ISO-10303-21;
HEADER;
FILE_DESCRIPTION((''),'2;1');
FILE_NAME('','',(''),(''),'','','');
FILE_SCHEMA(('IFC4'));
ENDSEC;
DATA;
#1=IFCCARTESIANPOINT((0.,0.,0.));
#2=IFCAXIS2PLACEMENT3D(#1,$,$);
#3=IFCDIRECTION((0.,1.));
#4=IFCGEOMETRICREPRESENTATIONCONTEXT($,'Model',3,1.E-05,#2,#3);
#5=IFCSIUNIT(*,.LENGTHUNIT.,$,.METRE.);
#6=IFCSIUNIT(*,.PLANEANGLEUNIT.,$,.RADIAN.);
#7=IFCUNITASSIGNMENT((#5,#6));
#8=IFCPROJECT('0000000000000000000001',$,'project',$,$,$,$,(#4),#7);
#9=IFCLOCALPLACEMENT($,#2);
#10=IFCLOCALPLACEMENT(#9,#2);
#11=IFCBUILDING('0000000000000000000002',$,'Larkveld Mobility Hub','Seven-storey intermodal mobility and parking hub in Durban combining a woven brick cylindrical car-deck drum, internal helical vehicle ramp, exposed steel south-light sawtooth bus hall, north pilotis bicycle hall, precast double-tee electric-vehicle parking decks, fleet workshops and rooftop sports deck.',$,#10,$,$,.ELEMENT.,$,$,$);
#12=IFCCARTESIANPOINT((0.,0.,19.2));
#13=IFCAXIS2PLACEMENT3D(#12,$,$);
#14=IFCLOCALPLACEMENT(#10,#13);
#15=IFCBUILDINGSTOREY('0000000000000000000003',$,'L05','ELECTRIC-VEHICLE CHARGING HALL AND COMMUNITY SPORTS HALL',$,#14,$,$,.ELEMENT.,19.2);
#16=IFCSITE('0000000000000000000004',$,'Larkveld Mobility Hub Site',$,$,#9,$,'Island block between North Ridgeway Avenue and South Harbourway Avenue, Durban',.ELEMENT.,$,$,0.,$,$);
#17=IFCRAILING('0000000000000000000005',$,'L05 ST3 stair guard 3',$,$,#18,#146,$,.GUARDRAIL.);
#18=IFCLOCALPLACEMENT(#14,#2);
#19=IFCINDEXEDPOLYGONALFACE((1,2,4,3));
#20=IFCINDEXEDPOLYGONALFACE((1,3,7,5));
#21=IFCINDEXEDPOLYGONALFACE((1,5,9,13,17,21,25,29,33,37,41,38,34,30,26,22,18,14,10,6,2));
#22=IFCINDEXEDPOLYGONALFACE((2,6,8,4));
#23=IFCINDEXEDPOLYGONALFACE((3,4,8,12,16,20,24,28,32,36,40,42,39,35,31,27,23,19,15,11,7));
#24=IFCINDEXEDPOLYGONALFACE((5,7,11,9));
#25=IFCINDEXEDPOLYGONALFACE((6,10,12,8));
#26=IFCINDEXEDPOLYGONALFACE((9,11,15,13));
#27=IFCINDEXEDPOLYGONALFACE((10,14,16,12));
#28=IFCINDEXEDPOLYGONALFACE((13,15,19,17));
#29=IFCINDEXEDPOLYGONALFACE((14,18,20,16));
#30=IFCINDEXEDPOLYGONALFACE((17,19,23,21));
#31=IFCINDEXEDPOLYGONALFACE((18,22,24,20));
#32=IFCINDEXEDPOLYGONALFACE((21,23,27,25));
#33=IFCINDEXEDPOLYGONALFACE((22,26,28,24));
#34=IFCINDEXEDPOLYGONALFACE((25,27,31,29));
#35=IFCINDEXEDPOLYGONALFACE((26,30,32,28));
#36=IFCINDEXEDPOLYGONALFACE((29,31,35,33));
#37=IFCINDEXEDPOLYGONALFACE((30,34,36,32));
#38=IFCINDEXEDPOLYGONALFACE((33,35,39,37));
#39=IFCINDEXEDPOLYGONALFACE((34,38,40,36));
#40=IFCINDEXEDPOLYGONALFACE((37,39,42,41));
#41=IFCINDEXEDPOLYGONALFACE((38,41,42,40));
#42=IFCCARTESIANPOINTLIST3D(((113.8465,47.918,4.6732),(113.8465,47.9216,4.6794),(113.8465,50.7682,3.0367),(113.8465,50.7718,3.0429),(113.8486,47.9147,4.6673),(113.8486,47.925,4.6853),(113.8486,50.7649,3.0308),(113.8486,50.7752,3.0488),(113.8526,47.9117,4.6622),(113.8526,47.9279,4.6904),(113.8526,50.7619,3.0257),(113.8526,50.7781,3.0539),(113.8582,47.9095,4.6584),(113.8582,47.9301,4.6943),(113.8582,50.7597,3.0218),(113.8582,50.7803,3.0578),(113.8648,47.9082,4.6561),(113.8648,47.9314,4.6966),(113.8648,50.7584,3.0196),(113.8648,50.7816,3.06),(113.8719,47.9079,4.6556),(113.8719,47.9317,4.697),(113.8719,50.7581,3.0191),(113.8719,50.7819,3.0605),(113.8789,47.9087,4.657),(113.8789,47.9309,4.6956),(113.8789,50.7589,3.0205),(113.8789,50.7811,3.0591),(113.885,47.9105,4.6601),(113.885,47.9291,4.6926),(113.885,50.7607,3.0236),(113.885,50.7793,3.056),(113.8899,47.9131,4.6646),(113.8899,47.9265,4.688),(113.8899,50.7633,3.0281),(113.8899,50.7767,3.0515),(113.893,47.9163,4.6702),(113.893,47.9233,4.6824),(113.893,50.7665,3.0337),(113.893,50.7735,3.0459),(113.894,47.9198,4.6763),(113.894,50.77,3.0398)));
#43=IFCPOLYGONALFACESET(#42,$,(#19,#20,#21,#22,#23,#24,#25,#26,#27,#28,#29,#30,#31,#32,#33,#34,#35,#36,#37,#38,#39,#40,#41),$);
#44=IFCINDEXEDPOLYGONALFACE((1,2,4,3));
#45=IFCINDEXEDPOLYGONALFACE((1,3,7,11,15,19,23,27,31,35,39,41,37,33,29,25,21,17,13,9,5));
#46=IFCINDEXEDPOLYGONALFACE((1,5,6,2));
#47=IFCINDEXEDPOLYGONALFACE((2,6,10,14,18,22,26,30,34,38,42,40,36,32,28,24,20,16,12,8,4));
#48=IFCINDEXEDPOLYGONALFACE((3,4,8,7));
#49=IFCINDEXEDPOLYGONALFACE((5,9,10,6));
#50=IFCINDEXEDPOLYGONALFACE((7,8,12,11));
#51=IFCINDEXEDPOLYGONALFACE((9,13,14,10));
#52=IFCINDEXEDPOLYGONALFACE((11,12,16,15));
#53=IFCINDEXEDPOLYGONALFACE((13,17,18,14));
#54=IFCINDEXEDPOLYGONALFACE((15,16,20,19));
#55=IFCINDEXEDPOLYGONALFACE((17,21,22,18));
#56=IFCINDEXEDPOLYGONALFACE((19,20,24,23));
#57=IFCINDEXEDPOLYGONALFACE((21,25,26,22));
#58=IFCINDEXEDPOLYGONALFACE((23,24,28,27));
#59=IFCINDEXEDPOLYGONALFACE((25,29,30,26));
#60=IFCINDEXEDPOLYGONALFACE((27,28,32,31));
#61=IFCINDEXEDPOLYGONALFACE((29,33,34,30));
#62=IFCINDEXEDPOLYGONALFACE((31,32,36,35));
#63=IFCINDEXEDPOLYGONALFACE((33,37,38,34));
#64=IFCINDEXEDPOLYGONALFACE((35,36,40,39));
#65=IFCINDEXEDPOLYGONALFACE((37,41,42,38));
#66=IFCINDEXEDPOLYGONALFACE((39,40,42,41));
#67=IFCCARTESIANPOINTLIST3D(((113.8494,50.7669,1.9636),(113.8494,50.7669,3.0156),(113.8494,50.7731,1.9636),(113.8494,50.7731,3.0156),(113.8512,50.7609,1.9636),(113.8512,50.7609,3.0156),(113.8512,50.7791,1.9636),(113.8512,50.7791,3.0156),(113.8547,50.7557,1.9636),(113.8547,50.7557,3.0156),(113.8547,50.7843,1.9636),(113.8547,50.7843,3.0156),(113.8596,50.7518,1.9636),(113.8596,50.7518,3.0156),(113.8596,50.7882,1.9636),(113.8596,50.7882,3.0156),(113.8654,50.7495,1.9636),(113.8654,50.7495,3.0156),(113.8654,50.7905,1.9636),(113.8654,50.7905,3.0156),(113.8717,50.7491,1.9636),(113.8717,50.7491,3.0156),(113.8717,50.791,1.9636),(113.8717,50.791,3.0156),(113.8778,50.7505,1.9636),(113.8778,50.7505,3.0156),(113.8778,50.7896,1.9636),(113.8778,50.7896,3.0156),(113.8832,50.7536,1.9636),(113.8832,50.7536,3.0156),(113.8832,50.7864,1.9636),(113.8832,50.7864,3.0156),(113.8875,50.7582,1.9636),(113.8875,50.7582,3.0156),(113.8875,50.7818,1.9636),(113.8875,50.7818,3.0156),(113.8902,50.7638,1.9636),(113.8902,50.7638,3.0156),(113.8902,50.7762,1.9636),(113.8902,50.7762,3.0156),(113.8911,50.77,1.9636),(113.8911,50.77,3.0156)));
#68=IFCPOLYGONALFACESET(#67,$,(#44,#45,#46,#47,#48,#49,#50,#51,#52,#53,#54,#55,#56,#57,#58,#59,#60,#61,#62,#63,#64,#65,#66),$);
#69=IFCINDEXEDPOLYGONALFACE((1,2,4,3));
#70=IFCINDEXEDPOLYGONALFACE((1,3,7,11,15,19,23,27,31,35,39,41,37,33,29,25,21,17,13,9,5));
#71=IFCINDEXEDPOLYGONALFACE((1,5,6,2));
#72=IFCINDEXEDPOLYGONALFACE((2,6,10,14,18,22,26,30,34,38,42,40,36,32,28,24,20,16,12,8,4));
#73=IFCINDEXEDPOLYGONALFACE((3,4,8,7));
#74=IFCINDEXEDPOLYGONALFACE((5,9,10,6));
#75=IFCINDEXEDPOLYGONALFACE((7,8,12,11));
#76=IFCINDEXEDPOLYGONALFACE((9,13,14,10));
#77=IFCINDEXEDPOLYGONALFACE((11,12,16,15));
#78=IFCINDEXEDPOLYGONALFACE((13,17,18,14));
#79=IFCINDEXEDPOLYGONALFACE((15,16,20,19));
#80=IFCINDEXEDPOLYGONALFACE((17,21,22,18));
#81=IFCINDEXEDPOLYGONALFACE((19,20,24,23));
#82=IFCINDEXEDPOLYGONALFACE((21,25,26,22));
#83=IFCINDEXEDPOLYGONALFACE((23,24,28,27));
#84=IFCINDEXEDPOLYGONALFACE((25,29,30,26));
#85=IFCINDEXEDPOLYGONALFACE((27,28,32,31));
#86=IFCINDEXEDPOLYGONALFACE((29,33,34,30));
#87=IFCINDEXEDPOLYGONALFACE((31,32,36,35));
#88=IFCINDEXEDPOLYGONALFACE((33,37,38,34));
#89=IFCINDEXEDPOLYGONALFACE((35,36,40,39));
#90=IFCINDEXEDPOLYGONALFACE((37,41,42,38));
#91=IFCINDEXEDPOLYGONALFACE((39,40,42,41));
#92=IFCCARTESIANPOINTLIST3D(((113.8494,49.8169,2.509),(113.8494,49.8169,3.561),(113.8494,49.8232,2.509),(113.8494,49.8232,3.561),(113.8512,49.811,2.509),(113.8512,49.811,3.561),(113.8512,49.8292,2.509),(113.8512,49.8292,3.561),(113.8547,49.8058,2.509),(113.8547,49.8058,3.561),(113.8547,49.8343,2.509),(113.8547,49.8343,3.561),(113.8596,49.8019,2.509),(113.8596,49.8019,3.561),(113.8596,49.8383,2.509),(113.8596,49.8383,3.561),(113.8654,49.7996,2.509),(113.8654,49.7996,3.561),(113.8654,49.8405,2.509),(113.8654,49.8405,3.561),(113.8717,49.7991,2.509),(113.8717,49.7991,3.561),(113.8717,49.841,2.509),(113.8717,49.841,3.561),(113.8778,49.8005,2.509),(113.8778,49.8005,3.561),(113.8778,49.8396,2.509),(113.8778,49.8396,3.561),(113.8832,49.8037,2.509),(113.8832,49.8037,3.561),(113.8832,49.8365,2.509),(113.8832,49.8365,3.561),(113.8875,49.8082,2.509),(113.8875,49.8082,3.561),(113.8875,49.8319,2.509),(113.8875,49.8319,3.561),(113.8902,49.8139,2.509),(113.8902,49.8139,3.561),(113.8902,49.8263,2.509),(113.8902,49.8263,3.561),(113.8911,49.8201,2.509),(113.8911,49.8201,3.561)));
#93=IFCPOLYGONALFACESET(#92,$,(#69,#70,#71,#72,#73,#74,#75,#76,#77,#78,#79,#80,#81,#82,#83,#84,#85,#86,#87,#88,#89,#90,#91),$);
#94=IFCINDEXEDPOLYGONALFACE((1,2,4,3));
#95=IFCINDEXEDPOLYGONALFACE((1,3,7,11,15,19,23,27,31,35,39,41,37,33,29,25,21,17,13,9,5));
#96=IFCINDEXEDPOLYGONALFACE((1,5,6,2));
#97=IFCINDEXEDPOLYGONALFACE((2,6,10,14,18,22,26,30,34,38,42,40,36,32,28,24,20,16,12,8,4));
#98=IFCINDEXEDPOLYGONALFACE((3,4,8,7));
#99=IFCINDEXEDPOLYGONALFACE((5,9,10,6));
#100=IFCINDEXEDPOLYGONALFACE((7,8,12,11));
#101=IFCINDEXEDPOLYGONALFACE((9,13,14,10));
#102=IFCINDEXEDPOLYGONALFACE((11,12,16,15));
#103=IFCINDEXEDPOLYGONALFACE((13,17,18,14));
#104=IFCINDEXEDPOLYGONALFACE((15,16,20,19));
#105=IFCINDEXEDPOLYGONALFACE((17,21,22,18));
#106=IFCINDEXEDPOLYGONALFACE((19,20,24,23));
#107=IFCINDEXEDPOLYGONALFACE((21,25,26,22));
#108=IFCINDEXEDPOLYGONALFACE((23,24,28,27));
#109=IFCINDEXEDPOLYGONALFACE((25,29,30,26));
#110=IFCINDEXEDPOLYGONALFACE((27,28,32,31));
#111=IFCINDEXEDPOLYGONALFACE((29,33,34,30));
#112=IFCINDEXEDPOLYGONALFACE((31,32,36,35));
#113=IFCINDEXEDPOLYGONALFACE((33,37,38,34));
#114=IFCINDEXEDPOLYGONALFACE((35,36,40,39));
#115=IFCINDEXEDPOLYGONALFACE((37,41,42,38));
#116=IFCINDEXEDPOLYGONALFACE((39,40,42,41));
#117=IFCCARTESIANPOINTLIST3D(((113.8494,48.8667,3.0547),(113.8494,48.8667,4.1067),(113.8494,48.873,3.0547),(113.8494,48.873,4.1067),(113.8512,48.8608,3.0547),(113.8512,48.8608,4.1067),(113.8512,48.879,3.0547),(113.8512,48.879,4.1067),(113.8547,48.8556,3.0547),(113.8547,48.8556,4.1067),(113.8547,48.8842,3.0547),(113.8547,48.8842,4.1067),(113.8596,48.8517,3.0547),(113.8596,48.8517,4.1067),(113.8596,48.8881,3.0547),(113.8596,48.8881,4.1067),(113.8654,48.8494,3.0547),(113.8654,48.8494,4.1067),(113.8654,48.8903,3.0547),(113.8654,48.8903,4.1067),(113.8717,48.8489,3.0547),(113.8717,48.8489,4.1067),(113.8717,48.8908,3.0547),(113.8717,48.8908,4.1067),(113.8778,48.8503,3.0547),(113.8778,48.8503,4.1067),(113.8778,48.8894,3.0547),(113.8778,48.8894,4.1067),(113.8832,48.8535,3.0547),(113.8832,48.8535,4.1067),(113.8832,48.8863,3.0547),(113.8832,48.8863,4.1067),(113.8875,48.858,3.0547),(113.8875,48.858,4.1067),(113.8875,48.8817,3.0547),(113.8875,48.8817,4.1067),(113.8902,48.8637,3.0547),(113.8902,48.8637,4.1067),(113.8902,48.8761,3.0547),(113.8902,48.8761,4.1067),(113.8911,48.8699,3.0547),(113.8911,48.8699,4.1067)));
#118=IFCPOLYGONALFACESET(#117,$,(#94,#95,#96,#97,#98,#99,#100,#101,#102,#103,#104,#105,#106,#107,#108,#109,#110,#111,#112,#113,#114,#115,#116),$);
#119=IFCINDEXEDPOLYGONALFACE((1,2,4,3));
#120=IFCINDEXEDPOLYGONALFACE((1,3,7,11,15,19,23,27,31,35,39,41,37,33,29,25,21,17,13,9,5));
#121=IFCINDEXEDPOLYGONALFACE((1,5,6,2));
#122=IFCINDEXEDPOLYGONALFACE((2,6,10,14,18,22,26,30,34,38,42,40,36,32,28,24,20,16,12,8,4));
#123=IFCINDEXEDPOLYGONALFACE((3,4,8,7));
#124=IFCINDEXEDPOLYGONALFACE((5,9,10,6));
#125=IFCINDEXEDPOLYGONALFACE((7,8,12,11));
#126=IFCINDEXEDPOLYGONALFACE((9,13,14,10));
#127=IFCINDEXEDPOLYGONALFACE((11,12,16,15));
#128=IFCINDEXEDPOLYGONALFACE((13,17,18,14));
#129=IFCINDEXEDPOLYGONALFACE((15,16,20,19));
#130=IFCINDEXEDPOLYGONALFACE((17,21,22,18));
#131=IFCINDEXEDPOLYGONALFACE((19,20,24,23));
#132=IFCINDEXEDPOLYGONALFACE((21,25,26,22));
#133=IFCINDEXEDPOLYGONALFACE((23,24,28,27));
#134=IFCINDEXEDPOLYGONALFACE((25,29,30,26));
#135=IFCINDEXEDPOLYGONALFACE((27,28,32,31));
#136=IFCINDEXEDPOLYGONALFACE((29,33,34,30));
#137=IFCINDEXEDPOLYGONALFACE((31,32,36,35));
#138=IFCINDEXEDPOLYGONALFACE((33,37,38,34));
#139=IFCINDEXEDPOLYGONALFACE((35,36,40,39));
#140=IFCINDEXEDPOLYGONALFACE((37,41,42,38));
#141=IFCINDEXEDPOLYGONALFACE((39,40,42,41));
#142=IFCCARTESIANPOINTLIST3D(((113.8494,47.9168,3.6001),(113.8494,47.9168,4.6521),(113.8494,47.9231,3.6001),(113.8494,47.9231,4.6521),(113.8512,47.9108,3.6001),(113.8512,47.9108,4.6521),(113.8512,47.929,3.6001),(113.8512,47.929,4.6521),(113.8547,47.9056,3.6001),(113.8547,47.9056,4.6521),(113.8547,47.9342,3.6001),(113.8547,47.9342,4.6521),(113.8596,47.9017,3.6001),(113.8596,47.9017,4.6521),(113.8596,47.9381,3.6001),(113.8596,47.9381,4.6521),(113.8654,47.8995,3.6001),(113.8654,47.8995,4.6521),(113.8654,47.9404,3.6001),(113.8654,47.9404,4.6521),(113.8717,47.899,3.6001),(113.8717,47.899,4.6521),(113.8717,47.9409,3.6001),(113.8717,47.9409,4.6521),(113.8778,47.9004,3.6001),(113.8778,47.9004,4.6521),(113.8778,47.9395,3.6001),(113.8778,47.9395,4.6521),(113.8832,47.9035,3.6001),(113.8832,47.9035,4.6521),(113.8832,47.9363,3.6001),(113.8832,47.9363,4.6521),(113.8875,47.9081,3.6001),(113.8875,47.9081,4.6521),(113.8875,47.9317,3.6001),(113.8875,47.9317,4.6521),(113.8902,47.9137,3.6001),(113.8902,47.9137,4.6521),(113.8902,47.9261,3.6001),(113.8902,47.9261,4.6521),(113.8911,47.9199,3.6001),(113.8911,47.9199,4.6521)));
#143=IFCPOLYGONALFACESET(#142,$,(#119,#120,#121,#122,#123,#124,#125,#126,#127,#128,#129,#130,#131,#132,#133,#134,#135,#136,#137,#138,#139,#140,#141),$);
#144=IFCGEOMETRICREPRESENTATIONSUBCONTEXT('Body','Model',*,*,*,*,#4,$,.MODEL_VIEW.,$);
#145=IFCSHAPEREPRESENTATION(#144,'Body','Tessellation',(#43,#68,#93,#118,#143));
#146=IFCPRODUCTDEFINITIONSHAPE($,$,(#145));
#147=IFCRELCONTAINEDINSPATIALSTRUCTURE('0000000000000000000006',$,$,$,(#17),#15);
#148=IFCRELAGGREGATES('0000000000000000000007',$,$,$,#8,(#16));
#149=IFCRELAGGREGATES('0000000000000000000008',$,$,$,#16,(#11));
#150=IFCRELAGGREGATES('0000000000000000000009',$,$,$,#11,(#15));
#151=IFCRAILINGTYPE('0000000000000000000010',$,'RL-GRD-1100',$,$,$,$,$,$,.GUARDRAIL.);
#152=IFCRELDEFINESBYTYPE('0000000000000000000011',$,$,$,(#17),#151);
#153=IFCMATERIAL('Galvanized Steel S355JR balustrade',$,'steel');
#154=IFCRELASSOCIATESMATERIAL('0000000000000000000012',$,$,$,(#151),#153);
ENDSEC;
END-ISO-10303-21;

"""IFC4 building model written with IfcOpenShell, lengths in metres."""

from ifc_helpers import new_model, si_unit, direction, frame, origin, origin_2d, place, context, subcontext, project, spatial, circle, extrude, material, type_object, element, save


model = new_model("IFC4")

# Units and contexts
model_context = context("Model", 3, precision=1e-05, world=origin(), true_north=direction((0.0, 1.0)))
body_context = subcontext(model_context, "Body", "Model", "MODEL_VIEW")
ifc_project = project(units=[si_unit("LENGTHUNIT", "METRE"), si_unit("PLANEANGLEUNIT", "RADIAN")], contexts=[model_context])

# Site, building, storey
site_placement = place(None, origin())
site = spatial("IfcSite", under=ifc_project, at=site_placement, Name="Larkveld Mobility Hub Site", LongName="Island block between North Ridgeway Avenue and South Harbourway Avenue, Durban", CompositionType="ELEMENT", RefElevation=0.0)
building_placement = place(site_placement, origin())
building = spatial("IfcBuilding", under=site, at=building_placement, Name="Larkveld Mobility Hub", Description="Seven-storey intermodal mobility and parking hub in Durban combining a woven brick cylindrical car-deck drum, internal helical vehicle ramp, exposed steel south-light sawtooth bus hall, north pilotis bicycle hall, precast double-tee electric-vehicle parking decks, fleet workshops and rooftop sports deck.", CompositionType="ELEMENT")
storey_placement = place(building_placement, frame((0.0, 0.0, 19.2)))
storey = spatial("IfcBuildingStorey", under=building, at=storey_placement, Name="L05", Description="ELECTRIC-VEHICLE CHARGING HALL AND COMMUNITY SPORTS HALL", CompositionType="ELEMENT", Elevation=19.2)

# Railing
ifc_material_1 = material(Name="Galvanized Steel S355JR balustrade", Category="steel")
railing_type_1 = type_object("IfcRailingType", Name="RL-GRD-1100", PredefinedType="GUARDRAIL", material=ifc_material_1)
railing_1_placement = place(storey_placement, frame((113.8701, 50.77, 1.9636)))
element("IfcRailing", 1, at=railing_1_placement, inside=storey, type_object=railing_type_1, Name="L05 ST3 stair guard 3", PredefinedType="GUARDRAIL", context=body_context, shape_type="SweptSolid", body=[
    extrude(circle(Radius=0.0239, at=origin_2d()), frame((0.0, 0.0, 1.0762), z_axis=(0.0, -0.867213, 0.497938), x_axis=(1.0, 0.0, 0.0)), (0.0, 0.0, 1.0), 3.2866),
    extrude(circle(Radius=0.021, at=origin_2d()), origin(), (0.0, 0.0, 1.0), 1.052),
    extrude(circle(Radius=0.021, at=origin_2d()), frame((0.0, -0.95, 0.5454)), (0.0, 0.0, 1.0), 1.052),
    extrude(circle(Radius=0.021, at=origin_2d()), frame((0.0, -1.9001, 1.0911)), (0.0, 0.0, 1.0), 1.052),
    extrude(circle(Radius=0.021, at=origin_2d()), frame((0.0, -2.8501, 1.6365)), (0.0, 0.0, 1.0), 1.052),
])

save(model, "model.ifc")
